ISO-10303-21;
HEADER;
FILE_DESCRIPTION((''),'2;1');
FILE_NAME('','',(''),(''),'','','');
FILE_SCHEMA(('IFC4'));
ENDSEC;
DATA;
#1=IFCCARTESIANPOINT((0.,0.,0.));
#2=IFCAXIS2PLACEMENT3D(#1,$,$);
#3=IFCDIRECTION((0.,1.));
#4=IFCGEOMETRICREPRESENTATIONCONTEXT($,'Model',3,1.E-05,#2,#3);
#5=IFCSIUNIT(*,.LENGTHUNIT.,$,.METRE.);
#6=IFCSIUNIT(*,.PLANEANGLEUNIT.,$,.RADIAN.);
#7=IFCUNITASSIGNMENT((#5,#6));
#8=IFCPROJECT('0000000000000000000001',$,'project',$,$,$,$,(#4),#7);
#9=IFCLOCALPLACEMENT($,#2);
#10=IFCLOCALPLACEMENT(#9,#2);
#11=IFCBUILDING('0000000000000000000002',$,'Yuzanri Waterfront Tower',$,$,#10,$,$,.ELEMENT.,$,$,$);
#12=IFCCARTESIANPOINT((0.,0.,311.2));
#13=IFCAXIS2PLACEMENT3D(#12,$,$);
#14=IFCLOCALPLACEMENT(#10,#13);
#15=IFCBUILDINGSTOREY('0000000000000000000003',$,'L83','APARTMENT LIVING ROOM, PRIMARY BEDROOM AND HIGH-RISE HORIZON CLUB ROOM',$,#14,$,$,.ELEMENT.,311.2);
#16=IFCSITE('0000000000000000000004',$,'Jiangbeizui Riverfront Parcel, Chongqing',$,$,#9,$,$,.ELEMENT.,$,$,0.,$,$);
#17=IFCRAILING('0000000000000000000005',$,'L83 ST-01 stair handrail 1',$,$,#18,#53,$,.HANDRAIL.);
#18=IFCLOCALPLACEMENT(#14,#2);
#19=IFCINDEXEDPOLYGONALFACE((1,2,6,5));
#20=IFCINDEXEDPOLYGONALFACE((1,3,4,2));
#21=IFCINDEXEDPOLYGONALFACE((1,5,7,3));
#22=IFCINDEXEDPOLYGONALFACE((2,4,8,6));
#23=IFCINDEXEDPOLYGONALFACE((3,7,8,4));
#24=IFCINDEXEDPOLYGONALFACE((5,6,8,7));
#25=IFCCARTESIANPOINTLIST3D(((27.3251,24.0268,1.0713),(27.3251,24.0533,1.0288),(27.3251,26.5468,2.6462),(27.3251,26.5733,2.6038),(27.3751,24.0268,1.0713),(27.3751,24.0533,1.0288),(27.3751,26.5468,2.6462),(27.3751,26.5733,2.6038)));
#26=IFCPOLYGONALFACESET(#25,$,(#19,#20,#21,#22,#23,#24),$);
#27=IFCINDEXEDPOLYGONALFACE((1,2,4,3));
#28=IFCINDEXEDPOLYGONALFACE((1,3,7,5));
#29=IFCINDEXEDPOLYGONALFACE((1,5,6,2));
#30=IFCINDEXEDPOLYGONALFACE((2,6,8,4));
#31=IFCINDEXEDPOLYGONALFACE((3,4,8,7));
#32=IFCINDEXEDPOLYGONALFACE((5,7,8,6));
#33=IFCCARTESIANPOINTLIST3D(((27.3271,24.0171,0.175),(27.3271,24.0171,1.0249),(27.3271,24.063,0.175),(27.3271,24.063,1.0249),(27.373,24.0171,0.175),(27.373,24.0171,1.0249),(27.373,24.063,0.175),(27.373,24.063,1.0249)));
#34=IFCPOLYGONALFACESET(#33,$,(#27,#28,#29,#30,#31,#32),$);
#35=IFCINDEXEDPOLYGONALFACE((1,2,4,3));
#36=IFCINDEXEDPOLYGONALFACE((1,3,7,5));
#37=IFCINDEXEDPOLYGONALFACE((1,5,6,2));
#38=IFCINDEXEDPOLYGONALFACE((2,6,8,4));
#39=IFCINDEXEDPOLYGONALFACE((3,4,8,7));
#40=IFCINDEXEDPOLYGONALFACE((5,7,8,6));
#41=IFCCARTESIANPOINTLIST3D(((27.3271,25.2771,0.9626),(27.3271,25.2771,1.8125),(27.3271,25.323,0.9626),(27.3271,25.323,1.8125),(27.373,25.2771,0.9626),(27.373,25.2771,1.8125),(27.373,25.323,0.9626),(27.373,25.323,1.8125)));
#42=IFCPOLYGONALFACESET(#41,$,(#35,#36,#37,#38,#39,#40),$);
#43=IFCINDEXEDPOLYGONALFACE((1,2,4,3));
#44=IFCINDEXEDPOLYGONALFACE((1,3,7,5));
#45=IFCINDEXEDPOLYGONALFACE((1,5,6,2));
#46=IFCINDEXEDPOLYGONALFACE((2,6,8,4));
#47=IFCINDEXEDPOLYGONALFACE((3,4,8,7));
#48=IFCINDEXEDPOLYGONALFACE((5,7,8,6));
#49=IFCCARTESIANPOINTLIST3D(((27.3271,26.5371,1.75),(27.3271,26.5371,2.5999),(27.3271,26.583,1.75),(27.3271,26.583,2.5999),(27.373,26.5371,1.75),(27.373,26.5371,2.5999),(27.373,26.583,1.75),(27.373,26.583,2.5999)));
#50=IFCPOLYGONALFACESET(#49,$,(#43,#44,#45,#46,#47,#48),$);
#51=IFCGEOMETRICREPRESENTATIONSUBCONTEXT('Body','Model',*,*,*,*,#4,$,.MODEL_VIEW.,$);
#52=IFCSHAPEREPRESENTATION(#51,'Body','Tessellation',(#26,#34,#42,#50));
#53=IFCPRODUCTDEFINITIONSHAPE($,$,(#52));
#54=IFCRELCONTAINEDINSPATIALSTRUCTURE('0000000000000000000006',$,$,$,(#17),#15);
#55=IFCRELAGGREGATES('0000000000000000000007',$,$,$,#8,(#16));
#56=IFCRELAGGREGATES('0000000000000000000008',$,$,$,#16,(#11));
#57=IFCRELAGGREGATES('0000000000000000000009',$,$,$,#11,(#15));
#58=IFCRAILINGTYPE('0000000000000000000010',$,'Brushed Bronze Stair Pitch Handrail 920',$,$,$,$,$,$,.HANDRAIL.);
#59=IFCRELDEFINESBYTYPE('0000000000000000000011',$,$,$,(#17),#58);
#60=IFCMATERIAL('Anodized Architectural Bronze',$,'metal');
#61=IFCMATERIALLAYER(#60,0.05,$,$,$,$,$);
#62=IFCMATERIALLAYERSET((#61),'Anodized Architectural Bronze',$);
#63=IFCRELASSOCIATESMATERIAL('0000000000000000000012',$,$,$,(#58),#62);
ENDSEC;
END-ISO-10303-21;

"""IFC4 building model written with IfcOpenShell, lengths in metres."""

from ifc_helpers import new_model, si_unit, direction, frame, origin, origin_2d, place, context, subcontext, project, spatial, rectangle, extrude, source, transform, mapped, material, layer, layer_set, type_object, element, save


model = new_model("IFC4")

# Units and contexts
model_context = context("Model", 3, precision=1e-05, world=origin(), true_north=direction((0.0, 1.0)))
body_context = subcontext(model_context, "Body", "Model", "MODEL_VIEW")
ifc_project = project(units=[si_unit("LENGTHUNIT", "METRE"), si_unit("PLANEANGLEUNIT", "RADIAN")], contexts=[model_context])

# Site, building, storey
site_placement = place(None, origin())
site = spatial("IfcSite", under=ifc_project, at=site_placement, Name="Jiangbeizui Riverfront Parcel, Chongqing", CompositionType="ELEMENT", RefElevation=0.0)
building_placement = place(site_placement, origin())
building = spatial("IfcBuilding", under=site, at=building_placement, Name="Yuzanri Waterfront Tower", CompositionType="ELEMENT")
storey_placement = place(building_placement, frame((0.0, 0.0, 311.2)))
storey = spatial("IfcBuildingStorey", under=building, at=storey_placement, Name="L83", Description="APARTMENT LIVING ROOM, PRIMARY BEDROOM AND HIGH-RISE HORIZON CLUB ROOM", CompositionType="ELEMENT", Elevation=311.2)

# Railing
ifc_material_1 = material(Name="Anodized Architectural Bronze", Category="metal")
ifc_layer_1 = layer(ifc_material_1, 0.05)
ifc_layer_set_1 = layer_set([ifc_layer_1], Name="Anodized Architectural Bronze")
railing_type_1 = type_object("IfcRailingType", Name="Brushed Bronze Stair Pitch Handrail 920", PredefinedType="HANDRAIL", material=ifc_layer_set_1)
shared_shape_1 = source(origin(), body_context, "Body", "SweptSolid", [
    extrude(rectangle(XDim=0.05, YDim=0.05, at=origin_2d()), frame((0.0, 0.0, 0.875), z_axis=(0.0, 0.848008, 0.529984), x_axis=(-1.0, 0.0, 0.0)), (0.0, 0.0, 1.0), 2.9717),
    extrude(rectangle(XDim=0.0459, YDim=0.0459, at=origin_2d()), origin(), (0.0, 0.0, 1.0), 0.8499),
    extrude(rectangle(XDim=0.0459, YDim=0.0459, at=origin_2d()), frame((0.0, 1.26, 0.7876)), (0.0, 0.0, 1.0), 0.8499),
    extrude(rectangle(XDim=0.0459, YDim=0.0459, at=origin_2d()), frame((0.0, 2.52, 1.575)), (0.0, 0.0, 1.0), 0.8499),
])
railing_1_placement = place(storey_placement, frame((27.3501, 24.04, 0.175)))
element("IfcRailing", 1, at=railing_1_placement, inside=storey, type_object=railing_type_1, Name="L83 ST-01 stair handrail 1", PredefinedType="HANDRAIL", context=body_context, shape_type="MappedRepresentation", body=[
    mapped(shared_shape_1, transform((0.0, 0.0, 0.0), scale=1.0)),
])

save(model, "model.ifc")
